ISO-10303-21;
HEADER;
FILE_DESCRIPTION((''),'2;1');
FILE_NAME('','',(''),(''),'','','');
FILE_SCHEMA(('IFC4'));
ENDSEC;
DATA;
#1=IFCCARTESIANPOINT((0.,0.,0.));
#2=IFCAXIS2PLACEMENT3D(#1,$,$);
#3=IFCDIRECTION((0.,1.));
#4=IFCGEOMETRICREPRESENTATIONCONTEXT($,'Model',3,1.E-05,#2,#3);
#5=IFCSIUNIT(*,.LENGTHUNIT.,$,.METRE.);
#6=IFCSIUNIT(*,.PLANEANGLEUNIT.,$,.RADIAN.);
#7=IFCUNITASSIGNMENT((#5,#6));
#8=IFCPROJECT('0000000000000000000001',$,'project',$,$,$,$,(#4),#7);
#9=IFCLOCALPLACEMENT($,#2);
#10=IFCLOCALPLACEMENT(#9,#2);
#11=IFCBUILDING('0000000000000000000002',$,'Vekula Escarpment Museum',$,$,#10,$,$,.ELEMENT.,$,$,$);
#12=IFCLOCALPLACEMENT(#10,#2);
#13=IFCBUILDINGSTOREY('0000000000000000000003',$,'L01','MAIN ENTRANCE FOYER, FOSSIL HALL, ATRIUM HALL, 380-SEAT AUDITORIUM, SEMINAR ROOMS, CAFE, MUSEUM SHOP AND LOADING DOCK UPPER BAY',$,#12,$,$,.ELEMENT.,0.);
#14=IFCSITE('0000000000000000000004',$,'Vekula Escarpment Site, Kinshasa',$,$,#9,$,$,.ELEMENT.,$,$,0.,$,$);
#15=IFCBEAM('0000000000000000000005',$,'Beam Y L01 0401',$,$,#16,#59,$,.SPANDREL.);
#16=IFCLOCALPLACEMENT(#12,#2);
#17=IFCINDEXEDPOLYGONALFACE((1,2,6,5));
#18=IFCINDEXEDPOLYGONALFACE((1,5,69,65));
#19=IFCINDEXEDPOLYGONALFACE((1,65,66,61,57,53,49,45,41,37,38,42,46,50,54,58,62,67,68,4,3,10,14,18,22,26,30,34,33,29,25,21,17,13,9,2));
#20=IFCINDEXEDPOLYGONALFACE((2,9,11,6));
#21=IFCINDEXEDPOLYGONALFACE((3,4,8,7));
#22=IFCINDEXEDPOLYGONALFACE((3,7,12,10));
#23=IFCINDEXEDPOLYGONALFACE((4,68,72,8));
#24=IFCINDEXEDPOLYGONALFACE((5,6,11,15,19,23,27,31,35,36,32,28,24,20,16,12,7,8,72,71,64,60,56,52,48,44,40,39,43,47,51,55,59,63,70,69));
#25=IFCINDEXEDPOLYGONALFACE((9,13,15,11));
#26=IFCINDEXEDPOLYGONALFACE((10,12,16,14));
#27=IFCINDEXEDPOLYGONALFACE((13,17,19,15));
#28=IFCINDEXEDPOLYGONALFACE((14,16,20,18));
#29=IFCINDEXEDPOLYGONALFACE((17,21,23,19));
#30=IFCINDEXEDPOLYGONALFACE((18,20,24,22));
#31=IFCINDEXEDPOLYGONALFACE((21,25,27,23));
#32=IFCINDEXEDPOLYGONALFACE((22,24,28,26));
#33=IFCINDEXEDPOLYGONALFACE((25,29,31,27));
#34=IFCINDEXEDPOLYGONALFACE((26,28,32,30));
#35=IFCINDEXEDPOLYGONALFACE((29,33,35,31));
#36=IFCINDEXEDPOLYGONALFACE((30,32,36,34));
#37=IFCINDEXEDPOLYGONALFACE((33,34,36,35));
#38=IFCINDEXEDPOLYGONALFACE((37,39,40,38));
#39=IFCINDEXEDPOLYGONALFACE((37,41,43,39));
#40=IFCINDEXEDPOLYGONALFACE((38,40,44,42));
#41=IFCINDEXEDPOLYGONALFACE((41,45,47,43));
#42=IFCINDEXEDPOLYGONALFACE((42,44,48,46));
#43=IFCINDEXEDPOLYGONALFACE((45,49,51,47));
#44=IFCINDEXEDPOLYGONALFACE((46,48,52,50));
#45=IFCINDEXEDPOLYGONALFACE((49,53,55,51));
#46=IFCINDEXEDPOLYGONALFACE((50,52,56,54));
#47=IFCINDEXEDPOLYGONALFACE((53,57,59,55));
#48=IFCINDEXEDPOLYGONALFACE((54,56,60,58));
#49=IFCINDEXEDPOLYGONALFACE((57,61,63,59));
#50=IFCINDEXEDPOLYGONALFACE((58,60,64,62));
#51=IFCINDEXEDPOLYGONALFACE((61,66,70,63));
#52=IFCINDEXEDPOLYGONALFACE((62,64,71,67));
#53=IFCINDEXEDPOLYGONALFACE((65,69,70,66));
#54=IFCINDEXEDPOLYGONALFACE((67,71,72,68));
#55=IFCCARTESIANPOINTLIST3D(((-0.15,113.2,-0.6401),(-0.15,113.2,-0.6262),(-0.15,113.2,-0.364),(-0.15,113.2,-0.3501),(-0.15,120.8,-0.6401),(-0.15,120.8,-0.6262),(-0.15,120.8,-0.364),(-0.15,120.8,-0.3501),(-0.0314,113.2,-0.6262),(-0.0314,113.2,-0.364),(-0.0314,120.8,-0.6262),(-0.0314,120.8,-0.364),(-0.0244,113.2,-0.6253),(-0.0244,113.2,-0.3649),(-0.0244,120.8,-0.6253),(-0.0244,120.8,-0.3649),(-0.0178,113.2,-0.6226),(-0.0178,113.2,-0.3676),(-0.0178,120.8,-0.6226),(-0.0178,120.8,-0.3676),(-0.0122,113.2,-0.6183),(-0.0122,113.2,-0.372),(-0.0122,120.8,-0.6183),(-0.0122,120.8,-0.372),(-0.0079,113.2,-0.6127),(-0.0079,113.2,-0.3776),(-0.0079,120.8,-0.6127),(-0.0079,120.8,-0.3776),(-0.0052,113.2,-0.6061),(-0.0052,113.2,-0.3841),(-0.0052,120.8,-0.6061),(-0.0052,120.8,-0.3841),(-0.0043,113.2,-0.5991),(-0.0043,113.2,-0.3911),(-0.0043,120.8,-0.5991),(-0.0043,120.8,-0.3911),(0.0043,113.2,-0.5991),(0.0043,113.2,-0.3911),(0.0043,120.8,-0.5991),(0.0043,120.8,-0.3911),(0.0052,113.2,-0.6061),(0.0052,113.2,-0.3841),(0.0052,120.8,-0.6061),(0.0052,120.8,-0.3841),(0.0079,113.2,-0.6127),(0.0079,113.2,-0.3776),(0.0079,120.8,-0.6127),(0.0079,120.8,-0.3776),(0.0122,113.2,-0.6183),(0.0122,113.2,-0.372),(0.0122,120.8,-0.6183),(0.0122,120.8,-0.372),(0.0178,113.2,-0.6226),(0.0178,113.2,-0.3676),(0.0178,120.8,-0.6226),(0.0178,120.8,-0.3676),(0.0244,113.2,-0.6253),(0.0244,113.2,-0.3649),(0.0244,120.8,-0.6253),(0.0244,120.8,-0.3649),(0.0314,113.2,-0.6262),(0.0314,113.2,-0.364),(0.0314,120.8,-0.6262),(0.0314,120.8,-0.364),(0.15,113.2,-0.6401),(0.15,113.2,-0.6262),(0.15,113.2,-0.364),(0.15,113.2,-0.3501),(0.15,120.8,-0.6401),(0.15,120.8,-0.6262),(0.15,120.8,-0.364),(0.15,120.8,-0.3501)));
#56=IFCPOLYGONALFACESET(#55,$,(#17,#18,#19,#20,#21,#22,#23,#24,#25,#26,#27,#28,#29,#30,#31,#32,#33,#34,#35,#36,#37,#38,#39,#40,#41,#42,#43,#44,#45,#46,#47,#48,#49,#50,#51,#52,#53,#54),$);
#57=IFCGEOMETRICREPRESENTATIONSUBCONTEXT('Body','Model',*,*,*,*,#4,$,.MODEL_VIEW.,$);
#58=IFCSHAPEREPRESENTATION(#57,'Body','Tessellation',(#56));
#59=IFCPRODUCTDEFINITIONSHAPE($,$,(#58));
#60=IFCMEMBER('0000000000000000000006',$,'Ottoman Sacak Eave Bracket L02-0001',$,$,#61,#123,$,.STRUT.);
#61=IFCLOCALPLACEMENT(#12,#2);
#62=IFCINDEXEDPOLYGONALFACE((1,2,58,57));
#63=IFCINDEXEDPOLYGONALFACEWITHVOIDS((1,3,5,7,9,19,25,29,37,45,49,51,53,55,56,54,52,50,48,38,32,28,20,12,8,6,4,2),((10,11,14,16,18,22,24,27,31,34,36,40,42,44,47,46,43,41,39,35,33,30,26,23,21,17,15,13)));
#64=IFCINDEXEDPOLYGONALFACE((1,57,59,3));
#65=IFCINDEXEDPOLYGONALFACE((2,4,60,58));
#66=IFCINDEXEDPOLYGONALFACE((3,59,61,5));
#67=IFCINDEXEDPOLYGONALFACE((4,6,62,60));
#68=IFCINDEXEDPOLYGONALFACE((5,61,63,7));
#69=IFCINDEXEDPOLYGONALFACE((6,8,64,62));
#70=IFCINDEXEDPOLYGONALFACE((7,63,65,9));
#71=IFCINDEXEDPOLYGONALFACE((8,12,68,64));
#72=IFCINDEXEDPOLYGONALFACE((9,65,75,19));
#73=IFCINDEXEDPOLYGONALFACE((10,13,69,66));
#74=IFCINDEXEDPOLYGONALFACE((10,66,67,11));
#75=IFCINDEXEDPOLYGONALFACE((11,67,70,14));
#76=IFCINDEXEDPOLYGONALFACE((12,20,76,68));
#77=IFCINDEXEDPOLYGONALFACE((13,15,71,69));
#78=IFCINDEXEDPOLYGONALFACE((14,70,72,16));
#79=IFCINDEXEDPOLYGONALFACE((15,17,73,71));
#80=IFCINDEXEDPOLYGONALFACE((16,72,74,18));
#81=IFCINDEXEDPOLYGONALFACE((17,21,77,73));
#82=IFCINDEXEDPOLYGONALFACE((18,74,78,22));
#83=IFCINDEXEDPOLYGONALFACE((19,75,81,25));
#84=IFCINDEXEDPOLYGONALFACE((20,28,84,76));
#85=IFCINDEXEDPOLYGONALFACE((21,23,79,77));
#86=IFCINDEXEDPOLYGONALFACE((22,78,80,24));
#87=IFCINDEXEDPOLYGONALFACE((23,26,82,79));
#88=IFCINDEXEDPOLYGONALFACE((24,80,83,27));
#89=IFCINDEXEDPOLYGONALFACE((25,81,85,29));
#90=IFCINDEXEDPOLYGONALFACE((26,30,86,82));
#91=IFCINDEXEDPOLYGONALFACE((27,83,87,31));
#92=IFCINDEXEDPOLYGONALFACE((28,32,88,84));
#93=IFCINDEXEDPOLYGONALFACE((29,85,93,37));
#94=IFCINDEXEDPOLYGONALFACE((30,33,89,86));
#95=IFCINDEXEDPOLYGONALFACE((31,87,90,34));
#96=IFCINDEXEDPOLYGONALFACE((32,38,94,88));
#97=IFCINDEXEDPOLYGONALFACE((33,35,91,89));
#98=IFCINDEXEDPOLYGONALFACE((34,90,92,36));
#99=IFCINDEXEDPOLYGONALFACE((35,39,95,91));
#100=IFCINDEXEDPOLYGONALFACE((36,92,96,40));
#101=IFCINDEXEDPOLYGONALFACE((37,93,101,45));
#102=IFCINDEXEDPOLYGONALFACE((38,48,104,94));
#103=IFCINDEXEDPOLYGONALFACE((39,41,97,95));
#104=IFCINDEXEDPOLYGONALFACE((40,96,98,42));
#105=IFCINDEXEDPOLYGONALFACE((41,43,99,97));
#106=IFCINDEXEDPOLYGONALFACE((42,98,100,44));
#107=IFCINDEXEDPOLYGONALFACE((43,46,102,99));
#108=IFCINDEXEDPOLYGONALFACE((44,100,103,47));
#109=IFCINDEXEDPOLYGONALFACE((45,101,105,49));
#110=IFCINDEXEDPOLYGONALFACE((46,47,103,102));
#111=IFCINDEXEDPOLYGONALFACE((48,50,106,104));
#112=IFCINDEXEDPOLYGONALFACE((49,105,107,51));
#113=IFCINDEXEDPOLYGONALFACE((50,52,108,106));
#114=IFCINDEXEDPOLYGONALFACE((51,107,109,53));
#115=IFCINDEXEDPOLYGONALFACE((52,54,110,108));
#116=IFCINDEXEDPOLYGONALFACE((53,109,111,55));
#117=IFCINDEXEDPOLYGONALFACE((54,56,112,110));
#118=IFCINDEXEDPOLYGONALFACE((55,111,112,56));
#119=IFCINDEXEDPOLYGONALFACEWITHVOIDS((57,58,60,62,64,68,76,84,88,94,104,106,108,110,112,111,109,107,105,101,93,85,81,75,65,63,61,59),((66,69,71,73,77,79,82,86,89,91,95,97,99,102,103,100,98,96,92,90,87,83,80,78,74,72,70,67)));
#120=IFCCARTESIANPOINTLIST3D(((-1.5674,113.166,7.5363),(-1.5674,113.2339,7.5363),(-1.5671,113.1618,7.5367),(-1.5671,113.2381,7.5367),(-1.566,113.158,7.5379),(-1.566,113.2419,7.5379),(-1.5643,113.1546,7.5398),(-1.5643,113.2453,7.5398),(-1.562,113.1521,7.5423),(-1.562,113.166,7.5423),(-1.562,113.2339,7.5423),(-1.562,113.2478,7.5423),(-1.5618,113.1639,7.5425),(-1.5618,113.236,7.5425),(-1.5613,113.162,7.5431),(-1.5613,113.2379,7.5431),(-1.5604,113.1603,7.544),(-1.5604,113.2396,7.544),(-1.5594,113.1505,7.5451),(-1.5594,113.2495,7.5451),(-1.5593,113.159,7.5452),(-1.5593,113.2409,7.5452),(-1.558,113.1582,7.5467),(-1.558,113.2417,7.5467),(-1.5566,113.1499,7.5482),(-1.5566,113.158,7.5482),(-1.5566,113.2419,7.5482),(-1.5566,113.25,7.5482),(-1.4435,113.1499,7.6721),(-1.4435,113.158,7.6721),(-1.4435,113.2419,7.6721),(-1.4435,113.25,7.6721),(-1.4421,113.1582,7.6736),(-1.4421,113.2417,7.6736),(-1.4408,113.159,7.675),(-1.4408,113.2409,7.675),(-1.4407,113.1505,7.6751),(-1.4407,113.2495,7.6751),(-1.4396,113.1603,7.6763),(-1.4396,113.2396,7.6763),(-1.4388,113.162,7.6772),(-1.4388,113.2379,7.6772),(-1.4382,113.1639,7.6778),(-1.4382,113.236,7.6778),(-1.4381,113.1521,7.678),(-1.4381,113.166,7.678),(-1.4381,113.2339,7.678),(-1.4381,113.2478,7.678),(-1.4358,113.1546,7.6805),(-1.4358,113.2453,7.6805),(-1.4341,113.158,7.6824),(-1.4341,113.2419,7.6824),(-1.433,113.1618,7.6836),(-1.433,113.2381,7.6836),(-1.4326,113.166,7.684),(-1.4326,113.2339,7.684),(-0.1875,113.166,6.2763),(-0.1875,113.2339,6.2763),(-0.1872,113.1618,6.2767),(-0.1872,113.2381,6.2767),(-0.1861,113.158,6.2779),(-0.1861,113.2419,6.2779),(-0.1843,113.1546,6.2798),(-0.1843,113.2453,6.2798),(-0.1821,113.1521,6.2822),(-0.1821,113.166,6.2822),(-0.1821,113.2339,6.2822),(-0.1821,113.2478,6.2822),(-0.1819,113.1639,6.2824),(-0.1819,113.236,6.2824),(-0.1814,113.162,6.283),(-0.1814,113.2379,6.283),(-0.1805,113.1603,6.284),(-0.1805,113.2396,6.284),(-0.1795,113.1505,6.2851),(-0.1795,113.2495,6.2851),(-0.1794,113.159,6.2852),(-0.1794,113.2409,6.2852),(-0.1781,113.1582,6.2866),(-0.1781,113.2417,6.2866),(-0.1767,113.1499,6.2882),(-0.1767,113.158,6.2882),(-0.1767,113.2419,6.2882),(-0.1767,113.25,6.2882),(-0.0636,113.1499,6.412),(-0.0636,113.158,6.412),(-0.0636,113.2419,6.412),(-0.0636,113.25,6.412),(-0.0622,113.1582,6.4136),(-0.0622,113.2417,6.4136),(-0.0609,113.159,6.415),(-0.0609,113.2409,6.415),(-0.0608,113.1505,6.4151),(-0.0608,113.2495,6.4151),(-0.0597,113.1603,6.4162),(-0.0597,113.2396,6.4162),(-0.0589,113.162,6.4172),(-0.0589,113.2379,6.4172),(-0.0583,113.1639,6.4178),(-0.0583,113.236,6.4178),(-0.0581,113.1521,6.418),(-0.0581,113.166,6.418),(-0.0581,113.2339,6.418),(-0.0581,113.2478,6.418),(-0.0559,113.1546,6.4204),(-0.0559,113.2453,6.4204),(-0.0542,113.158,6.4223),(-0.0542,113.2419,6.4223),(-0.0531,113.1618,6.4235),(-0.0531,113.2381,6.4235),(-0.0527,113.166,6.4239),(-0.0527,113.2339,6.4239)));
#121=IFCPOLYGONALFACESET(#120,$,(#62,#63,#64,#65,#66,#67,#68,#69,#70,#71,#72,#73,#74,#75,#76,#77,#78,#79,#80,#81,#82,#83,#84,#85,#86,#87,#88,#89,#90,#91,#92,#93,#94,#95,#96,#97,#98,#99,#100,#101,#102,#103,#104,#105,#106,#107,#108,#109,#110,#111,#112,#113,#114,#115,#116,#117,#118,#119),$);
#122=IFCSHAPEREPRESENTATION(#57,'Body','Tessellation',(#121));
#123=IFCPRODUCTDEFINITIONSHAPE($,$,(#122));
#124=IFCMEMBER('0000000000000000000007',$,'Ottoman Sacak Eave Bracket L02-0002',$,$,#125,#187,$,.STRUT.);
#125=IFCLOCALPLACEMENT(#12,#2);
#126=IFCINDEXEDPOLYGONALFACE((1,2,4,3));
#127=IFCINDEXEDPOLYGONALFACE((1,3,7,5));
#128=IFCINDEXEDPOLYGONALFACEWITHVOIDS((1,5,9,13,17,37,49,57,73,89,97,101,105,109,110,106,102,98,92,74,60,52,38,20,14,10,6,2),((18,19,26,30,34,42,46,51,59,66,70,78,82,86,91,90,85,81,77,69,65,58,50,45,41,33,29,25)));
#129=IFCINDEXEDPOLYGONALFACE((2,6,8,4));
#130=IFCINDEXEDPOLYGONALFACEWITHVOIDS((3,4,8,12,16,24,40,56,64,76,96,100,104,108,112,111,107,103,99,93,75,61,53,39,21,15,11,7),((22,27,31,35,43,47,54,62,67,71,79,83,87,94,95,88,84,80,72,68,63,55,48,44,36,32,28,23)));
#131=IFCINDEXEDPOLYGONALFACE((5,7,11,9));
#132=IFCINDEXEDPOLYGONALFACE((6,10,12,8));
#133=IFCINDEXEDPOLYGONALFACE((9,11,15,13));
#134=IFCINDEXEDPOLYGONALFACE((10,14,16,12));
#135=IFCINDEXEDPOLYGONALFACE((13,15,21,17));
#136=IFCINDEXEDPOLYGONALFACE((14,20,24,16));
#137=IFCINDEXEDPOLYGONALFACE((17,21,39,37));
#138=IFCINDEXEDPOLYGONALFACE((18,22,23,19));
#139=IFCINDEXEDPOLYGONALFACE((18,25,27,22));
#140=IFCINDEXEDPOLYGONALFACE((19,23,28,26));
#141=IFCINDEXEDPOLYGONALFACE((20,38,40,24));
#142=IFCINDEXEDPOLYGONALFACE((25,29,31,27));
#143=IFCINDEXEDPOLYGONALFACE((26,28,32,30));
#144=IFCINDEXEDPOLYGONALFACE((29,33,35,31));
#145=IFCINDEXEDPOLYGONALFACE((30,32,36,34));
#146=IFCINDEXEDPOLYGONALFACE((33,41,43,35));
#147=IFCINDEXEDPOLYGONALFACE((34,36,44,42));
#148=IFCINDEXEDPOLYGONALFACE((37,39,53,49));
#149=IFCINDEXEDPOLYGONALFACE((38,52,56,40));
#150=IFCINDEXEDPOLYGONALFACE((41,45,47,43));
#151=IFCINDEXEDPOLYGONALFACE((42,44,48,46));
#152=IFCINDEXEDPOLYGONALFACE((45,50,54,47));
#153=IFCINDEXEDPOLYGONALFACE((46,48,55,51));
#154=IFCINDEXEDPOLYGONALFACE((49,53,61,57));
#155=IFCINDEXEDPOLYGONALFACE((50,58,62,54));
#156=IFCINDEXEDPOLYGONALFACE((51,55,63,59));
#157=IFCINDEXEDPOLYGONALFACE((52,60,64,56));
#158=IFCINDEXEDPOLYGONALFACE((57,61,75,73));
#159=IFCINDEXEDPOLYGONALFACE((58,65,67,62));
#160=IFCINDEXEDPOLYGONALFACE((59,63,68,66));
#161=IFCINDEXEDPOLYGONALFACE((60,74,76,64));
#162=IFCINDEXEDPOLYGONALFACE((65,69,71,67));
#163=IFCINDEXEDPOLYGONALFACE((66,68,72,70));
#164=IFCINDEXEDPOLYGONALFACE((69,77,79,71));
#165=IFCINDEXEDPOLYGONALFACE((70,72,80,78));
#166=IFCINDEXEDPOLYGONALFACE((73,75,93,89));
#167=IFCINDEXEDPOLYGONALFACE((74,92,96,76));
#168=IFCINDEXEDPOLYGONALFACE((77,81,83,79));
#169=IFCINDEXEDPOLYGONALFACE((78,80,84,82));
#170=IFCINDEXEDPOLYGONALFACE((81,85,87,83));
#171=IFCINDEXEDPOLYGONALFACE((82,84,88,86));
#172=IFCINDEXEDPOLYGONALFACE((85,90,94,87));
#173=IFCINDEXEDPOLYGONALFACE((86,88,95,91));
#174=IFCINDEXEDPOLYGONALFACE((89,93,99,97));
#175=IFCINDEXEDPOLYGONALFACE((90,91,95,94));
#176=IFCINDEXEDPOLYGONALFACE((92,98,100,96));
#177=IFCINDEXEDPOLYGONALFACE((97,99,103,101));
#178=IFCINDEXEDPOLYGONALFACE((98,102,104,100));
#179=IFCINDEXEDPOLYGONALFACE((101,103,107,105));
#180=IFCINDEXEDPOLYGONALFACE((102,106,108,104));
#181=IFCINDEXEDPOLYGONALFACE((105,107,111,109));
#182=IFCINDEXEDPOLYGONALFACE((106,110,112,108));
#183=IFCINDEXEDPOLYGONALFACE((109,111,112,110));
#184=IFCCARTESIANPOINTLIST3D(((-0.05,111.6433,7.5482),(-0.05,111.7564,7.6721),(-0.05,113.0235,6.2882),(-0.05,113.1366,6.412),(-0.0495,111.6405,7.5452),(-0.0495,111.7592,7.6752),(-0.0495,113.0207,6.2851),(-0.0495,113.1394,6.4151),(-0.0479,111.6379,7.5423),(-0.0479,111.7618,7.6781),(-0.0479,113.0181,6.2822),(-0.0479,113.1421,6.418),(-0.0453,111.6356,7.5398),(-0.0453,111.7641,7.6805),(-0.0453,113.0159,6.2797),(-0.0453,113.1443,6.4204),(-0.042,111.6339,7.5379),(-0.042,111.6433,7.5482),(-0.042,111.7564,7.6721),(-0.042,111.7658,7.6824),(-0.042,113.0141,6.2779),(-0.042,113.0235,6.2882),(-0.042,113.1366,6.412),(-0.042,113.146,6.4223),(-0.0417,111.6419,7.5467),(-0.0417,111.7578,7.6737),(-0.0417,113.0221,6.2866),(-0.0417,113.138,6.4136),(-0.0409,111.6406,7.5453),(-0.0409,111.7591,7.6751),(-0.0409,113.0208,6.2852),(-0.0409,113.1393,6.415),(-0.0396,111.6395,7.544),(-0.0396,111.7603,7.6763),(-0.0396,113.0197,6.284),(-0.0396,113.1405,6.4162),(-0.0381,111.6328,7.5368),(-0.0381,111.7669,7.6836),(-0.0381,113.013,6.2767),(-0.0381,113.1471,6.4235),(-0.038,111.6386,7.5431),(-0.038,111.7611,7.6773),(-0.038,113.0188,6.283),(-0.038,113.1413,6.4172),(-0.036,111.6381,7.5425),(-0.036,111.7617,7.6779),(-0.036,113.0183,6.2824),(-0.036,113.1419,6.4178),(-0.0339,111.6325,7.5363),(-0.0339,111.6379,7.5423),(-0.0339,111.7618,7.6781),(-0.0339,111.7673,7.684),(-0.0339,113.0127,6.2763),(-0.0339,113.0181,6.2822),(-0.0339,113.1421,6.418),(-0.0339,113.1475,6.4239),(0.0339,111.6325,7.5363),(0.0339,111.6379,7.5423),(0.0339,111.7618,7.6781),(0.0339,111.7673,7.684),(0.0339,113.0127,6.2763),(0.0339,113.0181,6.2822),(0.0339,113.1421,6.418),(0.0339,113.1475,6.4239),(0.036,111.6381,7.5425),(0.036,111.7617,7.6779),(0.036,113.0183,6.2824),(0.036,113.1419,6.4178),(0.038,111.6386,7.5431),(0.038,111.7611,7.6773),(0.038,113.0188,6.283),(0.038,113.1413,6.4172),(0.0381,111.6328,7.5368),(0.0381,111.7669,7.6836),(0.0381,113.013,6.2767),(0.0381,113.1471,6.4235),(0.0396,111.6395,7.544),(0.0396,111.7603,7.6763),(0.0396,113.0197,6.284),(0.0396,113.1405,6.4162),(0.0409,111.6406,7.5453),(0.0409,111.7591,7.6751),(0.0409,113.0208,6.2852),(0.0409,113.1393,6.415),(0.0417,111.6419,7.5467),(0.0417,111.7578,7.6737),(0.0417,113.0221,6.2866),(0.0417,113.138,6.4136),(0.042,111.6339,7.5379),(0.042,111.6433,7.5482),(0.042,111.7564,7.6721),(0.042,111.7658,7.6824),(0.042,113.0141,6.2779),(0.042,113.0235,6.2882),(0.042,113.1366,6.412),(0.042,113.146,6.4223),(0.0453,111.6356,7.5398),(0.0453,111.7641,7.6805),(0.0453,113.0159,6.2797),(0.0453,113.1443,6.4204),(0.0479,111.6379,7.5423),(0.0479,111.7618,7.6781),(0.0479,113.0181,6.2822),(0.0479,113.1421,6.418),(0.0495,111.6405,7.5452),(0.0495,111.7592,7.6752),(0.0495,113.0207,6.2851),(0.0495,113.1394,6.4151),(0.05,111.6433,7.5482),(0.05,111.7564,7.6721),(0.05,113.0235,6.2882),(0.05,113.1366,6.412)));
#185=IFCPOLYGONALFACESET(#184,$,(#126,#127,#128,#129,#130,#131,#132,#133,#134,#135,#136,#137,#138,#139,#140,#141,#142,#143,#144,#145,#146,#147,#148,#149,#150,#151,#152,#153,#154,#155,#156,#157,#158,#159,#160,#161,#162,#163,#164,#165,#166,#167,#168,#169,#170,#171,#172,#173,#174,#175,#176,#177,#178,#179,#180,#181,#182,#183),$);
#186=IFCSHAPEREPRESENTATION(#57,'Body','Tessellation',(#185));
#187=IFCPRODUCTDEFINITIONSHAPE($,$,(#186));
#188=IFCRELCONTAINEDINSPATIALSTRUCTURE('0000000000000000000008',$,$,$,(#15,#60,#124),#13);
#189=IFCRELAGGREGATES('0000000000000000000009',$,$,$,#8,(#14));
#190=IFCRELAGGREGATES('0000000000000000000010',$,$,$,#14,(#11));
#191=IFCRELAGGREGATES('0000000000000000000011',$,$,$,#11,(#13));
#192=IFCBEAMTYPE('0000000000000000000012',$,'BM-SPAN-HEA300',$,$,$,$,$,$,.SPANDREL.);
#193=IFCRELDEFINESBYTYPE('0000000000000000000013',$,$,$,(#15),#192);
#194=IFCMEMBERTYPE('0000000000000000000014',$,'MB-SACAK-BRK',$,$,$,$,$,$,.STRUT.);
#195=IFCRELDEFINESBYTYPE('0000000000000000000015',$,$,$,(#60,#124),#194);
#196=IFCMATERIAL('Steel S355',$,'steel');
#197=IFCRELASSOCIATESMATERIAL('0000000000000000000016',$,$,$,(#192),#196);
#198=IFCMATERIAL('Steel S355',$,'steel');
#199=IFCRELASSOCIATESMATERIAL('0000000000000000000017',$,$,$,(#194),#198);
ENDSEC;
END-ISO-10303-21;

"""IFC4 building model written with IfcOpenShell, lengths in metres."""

from ifc_helpers import new_model, si_unit, direction, frame, origin, origin_2d, place, context, subcontext, project, spatial, hollow_rectangle, i_section, extrude, material, material_profile, profile_set, type_object, element, save


model = new_model("IFC4")

# Units and contexts
model_context = context("Model", 3, precision=1e-05, world=origin(), true_north=direction((0.0, 1.0)))
body_context = subcontext(model_context, "Body", "Model", "MODEL_VIEW")
ifc_project = project(units=[si_unit("LENGTHUNIT", "METRE"), si_unit("PLANEANGLEUNIT", "RADIAN")], contexts=[model_context])

# Site, building, storey
site_placement = place(None, origin())
site = spatial("IfcSite", under=ifc_project, at=site_placement, Name="Vekula Escarpment Site, Kinshasa", CompositionType="ELEMENT", RefElevation=0.0)
building_placement = place(site_placement, origin())
building = spatial("IfcBuilding", under=site, at=building_placement, Name="Vekula Escarpment Museum", CompositionType="ELEMENT")
storey_placement = place(building_placement, origin())
storey = spatial("IfcBuildingStorey", under=building, at=storey_placement, Name="L01", Description="MAIN ENTRANCE FOYER, FOSSIL HALL, ATRIUM HALL, 380-SEAT AUDITORIUM, SEMINAR ROOMS, CAFE, MUSEUM SHOP AND LOADING DOCK UPPER BAY", CompositionType="ELEMENT", Elevation=0.0)

# Beam
ifc_material_1 = material(Name="Steel S355", Category="steel")
ifc_material_profile_1 = material_profile(ifc_material_1, i_section(OverallWidth=0.3, OverallDepth=0.29, WebThickness=0.0085, FlangeThickness=0.0139, FilletRadius=0.0271, at=origin_2d()), Name="HEA 300")
ifc_profile_set_1 = profile_set([ifc_material_profile_1], Name="Steel S355")
beam_type_1 = type_object("IfcBeamType", Name="BM-SPAN-HEA300", PredefinedType="SPANDREL", material=ifc_profile_set_1)
beam_1_placement = place(storey_placement, frame((0.0, 113.2, -0.4951), z_axis=(0.0, 1.0, 0.0), x_axis=(-1.0, 0.0, 0.0)))
element("IfcBeam", 1, at=beam_1_placement, inside=storey, type_object=beam_type_1, Name="Beam Y L01 0401", PredefinedType="SPANDREL", context=body_context, shape_type="SweptSolid", body=[
    extrude(i_section(OverallWidth=0.3, OverallDepth=0.29, WebThickness=0.0085, FlangeThickness=0.0139, FilletRadius=0.0271, at=origin_2d()), origin(), (0.0, 0.0, 1.0), 7.6001),
])

# Members
ifc_material_2 = material(Name="Steel S355", Category="steel")
ifc_material_profile_2 = material_profile(ifc_material_2, hollow_rectangle(XDim=0.1001, YDim=0.2, WallThickness=0.0081, InnerFilletRadius=0.0081, OuterFilletRadius=0.0161, at=origin_2d()), Name="RHS 200x100x8")
ifc_profile_set_2 = profile_set([ifc_material_profile_2], Name="Steel S355")
member_type = type_object("IfcMemberType", Name="MB-SACAK-BRK", PredefinedType="STRUT", material=ifc_profile_set_2)
member_placement = place(storey_placement, frame((-0.1201, 113.2, 6.3501), z_axis=(-0.738454, 0.0, 0.674303), x_axis=(0.0, -1.0, 0.0)))
element("IfcMember", 2, at=member_placement, inside=storey, type_object=member_type, Name="Ottoman Sacak Eave Bracket L02-0001", PredefinedType="STRUT", context=body_context, shape_type="SweptSolid", body=[
    extrude(hollow_rectangle(XDim=0.1001, YDim=0.2, WallThickness=0.0081, InnerFilletRadius=0.0081, OuterFilletRadius=0.0161, at=origin_2d()), origin(), (0.0, 0.0, 1.0), 1.8687),
])
for number, where, z_axis, x_axis, name in (
    (3, (0.0, 113.0801, 6.3501), (0.0, -0.738514, 0.674238), (1.0, 0.0, 0.0), "Ottoman Sacak Eave Bracket L02-0002"),
):
    element("IfcMember", number, at=place(storey_placement, frame(where, z_axis=z_axis, x_axis=x_axis)), inside=storey, type_object=member_type, Name=name, PredefinedType="STRUT", context=body_context, shape_type="SweptSolid", body=[
        extrude(hollow_rectangle(XDim=0.1001, YDim=0.2, WallThickness=0.0081, InnerFilletRadius=0.0081, OuterFilletRadius=0.0161, at=origin_2d()), origin(), (0.0, 0.0, 1.0), 1.8689),
    ])

save(model, "model.ifc")
